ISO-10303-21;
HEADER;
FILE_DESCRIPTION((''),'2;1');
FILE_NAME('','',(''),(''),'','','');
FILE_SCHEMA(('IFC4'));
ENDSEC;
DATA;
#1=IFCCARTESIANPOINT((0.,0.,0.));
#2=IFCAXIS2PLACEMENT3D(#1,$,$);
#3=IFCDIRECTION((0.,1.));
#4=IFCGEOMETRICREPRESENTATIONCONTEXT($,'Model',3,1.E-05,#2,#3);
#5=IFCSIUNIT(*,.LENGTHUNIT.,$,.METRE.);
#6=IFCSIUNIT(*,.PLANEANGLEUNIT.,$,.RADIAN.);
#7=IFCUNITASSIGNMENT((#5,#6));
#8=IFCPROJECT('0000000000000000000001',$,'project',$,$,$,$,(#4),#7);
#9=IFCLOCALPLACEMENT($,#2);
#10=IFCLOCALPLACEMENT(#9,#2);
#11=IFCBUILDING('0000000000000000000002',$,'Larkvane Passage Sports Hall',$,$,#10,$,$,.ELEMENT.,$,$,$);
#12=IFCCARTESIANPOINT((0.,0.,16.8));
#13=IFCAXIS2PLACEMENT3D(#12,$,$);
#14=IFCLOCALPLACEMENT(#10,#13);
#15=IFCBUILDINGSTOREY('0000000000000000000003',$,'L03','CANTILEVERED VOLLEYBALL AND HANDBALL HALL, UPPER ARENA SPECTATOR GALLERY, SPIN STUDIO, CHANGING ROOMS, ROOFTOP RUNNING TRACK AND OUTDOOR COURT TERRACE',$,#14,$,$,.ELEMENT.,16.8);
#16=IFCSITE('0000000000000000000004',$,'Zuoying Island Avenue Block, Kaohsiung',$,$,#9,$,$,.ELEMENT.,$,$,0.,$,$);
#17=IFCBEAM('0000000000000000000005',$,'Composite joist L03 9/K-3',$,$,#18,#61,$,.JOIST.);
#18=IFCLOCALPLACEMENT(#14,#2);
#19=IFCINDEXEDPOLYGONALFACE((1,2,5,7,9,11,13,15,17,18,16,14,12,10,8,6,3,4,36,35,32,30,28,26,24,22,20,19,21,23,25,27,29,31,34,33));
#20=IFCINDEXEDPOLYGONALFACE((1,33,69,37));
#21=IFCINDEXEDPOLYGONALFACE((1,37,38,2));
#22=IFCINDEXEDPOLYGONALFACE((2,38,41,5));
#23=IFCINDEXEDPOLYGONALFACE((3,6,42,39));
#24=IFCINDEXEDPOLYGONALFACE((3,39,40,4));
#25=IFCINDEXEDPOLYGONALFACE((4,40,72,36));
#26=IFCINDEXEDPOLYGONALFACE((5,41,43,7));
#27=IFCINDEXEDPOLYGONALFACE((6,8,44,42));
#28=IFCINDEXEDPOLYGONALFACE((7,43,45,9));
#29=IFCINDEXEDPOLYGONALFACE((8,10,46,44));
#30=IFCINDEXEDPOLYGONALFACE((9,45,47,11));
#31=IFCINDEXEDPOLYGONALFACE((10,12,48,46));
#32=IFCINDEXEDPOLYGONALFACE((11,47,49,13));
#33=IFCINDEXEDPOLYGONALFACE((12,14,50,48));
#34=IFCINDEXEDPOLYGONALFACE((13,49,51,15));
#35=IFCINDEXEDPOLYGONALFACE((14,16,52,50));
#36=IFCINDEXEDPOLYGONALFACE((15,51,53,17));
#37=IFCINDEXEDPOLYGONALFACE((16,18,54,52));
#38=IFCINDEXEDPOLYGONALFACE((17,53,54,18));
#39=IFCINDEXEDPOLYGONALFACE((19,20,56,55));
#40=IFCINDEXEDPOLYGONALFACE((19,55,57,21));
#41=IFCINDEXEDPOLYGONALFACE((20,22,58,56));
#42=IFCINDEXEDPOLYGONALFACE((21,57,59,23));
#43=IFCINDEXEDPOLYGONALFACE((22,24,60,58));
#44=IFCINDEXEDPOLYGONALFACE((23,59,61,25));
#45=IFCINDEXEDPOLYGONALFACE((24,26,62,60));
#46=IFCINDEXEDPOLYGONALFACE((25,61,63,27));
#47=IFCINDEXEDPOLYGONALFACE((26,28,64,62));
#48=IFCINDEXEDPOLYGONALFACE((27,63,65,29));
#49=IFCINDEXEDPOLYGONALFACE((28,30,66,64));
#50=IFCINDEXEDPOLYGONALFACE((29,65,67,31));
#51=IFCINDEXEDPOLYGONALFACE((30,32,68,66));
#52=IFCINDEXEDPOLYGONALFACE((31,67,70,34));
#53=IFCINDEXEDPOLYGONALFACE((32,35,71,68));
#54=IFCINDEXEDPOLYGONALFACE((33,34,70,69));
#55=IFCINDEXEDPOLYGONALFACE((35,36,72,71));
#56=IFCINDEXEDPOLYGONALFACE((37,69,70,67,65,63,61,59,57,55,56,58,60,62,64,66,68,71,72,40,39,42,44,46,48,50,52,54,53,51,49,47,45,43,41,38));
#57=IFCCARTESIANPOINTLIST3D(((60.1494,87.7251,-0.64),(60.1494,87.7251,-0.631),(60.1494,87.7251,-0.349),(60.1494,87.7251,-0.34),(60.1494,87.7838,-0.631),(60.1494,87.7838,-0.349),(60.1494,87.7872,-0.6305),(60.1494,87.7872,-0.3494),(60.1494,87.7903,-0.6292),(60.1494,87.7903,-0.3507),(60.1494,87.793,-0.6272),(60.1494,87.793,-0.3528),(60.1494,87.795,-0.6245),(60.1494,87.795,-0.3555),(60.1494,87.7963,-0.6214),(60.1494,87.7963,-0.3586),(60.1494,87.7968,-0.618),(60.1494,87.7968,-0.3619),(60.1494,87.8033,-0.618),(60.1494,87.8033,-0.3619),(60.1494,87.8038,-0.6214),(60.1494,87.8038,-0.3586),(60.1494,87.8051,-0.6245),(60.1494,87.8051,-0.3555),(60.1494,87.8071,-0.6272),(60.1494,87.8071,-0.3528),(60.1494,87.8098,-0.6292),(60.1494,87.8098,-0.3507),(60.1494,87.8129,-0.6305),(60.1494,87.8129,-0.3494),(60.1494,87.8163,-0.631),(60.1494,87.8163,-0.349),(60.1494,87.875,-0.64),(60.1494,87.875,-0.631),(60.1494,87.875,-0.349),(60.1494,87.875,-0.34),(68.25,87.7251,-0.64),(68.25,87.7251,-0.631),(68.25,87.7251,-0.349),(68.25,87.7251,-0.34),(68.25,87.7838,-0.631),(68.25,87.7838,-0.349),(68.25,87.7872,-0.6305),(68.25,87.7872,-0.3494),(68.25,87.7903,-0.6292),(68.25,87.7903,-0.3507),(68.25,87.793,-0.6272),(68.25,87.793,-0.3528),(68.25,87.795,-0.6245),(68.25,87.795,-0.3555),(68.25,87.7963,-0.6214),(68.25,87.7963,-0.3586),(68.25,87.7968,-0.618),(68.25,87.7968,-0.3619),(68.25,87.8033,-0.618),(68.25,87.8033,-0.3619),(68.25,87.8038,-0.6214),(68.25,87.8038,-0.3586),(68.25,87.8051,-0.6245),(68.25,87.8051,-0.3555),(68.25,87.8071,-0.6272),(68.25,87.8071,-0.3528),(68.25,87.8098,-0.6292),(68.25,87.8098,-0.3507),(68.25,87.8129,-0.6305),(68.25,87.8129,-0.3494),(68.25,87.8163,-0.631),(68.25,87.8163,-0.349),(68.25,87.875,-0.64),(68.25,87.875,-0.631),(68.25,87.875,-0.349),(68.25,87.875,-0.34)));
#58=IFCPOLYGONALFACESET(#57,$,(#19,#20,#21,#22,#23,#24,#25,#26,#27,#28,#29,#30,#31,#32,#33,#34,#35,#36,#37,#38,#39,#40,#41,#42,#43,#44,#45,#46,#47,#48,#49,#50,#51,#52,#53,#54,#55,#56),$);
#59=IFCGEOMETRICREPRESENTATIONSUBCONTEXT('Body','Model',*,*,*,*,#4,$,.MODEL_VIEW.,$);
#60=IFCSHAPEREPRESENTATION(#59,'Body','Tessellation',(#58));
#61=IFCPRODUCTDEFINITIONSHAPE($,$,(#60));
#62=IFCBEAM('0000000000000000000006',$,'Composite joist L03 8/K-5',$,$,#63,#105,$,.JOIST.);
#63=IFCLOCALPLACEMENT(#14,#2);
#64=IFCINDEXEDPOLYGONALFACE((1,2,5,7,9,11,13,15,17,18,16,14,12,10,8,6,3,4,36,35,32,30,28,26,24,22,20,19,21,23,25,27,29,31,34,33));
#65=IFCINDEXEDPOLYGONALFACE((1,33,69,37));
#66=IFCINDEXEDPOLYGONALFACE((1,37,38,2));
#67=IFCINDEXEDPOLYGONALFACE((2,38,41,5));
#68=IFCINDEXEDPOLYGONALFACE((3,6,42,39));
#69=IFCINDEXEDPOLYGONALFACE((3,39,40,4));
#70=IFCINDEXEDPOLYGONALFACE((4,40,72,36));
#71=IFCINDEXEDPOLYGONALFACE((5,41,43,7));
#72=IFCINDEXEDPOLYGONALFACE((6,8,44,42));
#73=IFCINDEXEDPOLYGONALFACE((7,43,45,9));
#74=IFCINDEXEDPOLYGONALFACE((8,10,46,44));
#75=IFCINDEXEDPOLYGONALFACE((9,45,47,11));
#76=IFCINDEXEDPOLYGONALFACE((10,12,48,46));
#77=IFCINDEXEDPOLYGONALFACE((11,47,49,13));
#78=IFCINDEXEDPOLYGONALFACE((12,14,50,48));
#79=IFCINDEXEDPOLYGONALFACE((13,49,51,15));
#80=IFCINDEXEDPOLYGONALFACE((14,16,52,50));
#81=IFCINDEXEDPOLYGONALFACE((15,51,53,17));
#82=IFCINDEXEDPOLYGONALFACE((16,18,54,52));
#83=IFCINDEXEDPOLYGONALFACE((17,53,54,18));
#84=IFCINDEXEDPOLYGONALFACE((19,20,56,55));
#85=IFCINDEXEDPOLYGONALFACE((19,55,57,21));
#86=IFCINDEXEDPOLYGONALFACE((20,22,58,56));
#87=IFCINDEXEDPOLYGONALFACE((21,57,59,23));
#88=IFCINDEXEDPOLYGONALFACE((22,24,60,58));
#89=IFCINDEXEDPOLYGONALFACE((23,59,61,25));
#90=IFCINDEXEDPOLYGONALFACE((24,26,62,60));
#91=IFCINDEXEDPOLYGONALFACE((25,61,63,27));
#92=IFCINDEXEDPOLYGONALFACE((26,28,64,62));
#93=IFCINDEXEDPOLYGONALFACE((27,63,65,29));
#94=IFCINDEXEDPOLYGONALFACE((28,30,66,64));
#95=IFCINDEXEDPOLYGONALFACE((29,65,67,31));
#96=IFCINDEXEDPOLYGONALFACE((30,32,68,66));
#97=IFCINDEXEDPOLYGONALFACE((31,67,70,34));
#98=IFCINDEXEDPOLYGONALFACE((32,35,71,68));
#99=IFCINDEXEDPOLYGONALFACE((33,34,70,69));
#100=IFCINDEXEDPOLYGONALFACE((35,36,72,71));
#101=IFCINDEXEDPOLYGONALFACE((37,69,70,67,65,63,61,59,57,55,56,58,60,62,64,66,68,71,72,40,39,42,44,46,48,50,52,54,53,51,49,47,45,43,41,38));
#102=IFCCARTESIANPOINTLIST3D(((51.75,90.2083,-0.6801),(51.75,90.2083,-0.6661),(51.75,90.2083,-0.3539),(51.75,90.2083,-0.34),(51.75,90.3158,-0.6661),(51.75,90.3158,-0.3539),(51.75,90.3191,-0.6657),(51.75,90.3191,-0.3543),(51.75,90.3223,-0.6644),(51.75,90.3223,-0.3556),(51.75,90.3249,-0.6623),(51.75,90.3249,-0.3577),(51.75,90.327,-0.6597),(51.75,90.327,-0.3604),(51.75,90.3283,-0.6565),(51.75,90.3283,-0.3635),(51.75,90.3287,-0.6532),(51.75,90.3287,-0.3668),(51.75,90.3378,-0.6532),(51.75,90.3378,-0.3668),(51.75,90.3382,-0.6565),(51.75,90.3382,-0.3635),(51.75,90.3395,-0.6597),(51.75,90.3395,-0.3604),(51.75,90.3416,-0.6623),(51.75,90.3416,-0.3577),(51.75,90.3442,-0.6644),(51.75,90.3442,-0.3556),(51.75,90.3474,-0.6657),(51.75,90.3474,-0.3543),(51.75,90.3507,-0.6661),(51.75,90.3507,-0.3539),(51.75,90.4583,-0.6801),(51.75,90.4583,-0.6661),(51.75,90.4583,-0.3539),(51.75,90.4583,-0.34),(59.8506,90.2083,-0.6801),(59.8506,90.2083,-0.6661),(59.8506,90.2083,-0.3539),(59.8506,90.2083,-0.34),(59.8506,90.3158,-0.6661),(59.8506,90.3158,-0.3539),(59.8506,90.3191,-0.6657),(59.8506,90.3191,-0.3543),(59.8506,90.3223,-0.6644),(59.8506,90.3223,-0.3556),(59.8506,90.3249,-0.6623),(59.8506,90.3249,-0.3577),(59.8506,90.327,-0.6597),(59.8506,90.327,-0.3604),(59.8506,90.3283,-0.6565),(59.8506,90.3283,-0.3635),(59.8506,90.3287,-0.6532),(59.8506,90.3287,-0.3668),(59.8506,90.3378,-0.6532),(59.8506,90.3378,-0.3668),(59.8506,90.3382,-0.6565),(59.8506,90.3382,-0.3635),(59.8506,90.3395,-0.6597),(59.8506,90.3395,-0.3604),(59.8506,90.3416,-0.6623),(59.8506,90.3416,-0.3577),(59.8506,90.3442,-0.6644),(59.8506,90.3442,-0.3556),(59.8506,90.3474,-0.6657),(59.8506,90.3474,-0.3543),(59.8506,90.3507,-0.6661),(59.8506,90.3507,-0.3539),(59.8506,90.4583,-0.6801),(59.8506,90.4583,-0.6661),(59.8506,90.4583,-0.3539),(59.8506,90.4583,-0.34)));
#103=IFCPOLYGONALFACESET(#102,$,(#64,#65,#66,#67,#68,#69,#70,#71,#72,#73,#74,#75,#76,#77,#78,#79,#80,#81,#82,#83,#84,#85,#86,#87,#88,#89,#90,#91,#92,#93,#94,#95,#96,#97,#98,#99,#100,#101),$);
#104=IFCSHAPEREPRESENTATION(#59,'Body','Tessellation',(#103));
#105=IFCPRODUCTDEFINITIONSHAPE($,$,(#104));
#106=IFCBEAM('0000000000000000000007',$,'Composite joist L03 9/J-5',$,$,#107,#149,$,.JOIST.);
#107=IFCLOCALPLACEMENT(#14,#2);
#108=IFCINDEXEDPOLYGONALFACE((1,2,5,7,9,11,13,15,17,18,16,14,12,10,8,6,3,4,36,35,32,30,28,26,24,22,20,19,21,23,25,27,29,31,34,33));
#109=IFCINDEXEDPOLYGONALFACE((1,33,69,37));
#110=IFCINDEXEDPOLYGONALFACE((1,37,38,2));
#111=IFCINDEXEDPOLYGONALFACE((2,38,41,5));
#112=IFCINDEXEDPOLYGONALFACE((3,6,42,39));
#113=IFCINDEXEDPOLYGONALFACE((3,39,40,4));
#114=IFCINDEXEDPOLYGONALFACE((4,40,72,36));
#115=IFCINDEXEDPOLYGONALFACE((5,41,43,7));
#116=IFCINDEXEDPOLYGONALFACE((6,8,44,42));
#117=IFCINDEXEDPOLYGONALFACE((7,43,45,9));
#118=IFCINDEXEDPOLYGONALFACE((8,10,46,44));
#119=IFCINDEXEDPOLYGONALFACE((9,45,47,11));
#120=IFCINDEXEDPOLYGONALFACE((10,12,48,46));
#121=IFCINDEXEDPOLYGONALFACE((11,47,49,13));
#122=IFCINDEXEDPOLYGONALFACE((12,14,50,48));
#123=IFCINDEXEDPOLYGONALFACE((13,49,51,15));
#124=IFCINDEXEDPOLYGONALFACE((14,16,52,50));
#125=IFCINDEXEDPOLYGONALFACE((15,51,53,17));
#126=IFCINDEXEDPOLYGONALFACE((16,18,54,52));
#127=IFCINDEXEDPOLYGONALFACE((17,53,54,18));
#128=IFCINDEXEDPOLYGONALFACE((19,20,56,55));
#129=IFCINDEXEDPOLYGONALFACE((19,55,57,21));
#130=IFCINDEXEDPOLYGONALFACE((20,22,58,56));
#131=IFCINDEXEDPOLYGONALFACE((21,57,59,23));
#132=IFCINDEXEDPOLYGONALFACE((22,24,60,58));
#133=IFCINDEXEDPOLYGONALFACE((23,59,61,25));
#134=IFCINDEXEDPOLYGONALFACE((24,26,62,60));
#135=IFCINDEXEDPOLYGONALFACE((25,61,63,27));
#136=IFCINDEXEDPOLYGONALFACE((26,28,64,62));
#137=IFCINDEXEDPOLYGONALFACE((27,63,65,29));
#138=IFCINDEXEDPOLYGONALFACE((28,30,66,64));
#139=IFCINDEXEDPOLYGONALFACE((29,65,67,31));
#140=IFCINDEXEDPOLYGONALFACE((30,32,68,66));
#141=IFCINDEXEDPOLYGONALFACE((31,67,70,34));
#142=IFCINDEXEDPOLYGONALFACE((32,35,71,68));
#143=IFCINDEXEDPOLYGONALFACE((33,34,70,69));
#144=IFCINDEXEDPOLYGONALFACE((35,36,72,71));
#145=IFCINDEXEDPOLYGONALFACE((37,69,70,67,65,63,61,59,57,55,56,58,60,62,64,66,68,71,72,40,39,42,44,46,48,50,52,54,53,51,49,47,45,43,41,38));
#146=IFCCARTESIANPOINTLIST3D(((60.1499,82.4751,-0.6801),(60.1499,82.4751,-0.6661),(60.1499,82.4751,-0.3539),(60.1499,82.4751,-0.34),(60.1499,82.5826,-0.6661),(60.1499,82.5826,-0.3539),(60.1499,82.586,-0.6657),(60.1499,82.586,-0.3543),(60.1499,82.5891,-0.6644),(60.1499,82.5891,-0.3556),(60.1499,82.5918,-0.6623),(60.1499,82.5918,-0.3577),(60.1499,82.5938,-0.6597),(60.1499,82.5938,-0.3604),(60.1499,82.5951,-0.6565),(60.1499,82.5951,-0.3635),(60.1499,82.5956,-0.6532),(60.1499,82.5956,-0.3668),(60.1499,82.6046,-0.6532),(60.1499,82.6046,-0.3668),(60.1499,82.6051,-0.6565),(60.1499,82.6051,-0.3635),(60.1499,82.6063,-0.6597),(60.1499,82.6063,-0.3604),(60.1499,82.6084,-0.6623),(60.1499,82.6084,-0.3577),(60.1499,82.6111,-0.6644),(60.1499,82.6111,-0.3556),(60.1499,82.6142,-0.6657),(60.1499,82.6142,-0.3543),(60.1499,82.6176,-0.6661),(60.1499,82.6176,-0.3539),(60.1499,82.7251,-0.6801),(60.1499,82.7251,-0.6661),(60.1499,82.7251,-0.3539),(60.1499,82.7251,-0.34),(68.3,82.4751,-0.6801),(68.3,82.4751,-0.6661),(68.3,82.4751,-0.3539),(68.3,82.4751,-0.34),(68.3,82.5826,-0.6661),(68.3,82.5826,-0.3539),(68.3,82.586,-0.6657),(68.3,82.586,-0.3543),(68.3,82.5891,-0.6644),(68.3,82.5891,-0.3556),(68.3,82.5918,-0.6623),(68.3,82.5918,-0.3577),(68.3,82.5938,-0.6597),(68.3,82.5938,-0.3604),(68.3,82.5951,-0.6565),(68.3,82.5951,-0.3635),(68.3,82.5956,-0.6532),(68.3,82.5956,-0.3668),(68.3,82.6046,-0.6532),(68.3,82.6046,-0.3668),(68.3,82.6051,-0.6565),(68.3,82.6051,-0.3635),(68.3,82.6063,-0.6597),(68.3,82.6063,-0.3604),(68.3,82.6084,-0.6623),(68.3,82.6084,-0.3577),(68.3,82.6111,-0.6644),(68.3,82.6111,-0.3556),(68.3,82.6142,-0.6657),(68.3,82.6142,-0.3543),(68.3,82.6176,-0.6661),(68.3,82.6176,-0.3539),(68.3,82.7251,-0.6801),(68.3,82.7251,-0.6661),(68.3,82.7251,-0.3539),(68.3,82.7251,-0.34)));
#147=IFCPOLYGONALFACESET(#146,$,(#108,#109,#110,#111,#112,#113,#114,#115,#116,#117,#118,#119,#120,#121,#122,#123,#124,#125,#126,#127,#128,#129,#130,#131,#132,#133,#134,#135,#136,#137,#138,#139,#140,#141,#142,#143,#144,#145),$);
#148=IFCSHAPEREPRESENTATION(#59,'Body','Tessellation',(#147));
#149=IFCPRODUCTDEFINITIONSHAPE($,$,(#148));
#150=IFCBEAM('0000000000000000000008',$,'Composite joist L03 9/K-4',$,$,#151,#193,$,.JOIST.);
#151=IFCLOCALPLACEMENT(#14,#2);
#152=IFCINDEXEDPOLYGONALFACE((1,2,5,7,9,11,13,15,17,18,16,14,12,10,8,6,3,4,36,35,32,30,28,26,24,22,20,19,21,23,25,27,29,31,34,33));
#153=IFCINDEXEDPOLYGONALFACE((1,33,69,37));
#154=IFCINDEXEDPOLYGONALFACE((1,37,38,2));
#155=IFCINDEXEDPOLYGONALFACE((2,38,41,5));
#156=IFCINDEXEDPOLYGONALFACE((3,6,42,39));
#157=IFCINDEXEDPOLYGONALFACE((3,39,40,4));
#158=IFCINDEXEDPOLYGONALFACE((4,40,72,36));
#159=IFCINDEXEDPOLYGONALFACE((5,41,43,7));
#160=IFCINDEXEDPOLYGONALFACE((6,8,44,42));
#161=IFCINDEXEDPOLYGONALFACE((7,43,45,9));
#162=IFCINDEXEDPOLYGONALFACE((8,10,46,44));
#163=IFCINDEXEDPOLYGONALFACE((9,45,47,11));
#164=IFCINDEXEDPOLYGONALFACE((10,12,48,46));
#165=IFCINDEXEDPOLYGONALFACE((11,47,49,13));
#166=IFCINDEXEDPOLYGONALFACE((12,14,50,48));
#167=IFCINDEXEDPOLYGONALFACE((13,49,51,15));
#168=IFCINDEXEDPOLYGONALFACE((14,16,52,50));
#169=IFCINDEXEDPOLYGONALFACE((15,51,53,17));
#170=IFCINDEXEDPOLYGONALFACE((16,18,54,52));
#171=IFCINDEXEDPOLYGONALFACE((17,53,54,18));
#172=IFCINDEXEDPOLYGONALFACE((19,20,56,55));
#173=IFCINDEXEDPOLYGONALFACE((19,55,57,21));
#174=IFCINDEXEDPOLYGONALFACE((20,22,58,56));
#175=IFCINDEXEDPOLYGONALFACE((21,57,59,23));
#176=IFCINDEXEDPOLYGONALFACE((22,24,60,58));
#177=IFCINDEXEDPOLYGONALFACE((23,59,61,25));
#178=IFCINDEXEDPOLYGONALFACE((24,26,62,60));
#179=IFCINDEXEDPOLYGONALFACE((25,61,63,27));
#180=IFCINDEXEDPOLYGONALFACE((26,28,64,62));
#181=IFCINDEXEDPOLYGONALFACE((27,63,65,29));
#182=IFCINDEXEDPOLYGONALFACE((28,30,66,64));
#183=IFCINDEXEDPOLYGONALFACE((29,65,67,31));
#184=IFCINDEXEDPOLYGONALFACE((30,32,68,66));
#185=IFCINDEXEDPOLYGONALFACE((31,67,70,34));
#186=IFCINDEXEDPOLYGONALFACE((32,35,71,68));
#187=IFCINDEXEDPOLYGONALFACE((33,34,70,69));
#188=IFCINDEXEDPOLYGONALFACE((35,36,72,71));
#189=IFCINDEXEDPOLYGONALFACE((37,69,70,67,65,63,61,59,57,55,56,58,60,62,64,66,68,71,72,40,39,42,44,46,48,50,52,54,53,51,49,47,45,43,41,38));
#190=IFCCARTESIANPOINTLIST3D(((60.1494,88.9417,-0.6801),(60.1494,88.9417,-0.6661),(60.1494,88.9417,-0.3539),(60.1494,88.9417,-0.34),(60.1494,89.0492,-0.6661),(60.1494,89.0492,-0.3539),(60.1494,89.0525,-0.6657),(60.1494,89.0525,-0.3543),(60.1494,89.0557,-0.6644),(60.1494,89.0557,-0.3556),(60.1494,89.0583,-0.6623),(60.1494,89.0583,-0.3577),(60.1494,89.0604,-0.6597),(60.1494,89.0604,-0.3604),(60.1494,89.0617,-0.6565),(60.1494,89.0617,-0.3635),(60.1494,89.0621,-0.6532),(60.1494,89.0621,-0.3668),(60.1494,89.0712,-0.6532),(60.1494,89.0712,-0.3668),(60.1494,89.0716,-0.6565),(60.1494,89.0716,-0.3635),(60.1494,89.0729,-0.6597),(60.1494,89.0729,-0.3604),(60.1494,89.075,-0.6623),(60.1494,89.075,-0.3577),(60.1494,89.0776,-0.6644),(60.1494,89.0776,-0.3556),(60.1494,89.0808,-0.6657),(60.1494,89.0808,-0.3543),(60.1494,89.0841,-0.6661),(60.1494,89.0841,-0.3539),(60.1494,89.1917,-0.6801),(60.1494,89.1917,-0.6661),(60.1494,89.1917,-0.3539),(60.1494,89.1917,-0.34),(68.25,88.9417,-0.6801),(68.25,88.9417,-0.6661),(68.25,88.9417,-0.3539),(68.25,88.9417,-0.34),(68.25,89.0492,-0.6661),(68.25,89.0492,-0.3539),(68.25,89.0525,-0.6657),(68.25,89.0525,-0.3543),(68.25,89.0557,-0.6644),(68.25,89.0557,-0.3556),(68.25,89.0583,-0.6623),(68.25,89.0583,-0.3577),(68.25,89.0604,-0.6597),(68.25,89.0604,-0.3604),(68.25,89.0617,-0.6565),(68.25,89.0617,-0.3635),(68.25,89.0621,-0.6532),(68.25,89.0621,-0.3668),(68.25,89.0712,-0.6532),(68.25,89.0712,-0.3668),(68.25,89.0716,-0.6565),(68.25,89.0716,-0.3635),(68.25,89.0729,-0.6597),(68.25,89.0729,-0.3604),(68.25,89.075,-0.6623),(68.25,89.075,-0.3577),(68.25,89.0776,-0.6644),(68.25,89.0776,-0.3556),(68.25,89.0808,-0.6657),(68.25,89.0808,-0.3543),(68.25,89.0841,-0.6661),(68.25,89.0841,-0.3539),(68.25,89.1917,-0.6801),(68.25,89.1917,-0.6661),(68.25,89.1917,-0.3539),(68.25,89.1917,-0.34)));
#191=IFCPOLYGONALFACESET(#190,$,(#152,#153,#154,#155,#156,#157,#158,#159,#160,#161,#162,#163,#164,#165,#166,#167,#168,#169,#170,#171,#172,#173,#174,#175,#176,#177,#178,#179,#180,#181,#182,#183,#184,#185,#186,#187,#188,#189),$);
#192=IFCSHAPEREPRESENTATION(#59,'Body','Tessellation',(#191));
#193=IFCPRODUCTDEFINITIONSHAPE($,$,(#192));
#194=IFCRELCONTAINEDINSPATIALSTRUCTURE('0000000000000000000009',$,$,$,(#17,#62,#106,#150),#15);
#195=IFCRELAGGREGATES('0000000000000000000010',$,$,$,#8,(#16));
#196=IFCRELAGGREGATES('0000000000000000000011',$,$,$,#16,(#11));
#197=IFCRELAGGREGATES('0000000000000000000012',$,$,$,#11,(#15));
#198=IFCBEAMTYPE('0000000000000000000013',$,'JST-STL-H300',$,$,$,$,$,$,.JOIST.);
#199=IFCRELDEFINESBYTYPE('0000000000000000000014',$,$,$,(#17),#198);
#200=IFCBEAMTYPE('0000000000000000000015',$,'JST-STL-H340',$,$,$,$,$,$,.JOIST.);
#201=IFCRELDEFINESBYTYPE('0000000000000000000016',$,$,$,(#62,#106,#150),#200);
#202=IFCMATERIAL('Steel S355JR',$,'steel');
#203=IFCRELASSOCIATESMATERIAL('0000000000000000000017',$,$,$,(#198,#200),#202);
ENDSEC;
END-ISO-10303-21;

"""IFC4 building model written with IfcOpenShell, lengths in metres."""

from ifc_helpers import new_model, si_unit, direction, frame, origin, origin_2d, place, context, subcontext, project, spatial, i_section, extrude, material, material_profile, profile_set, type_object, element, save


model = new_model("IFC4")

# Units and contexts
model_context = context("Model", 3, precision=1e-05, world=origin(), true_north=direction((0.0, 1.0)))
body_context = subcontext(model_context, "Body", "Model", "MODEL_VIEW")
ifc_project = project(units=[si_unit("LENGTHUNIT", "METRE"), si_unit("PLANEANGLEUNIT", "RADIAN")], contexts=[model_context])

# Site, building, storey
site_placement = place(None, origin())
site = spatial("IfcSite", under=ifc_project, at=site_placement, Name="Zuoying Island Avenue Block, Kaohsiung", CompositionType="ELEMENT", RefElevation=0.0)
building_placement = place(site_placement, origin())
building = spatial("IfcBuilding", under=site, at=building_placement, Name="Larkvane Passage Sports Hall", CompositionType="ELEMENT")
storey_placement = place(building_placement, frame((0.0, 0.0, 16.8)))
storey = spatial("IfcBuildingStorey", under=building, at=storey_placement, Name="L03", Description="CANTILEVERED VOLLEYBALL AND HANDBALL HALL, UPPER ARENA SPECTATOR GALLERY, SPIN STUDIO, CHANGING ROOMS, ROOFTOP RUNNING TRACK AND OUTDOOR COURT TERRACE", CompositionType="ELEMENT", Elevation=16.8)

# Shared definitions
ifc_material_1 = material(Name="Steel S355JR", Category="steel")

# Beams
ifc_material_profile_1 = material_profile(ifc_material_1, i_section(OverallWidth=0.1499, OverallDepth=0.3, WebThickness=0.0066, FlangeThickness=0.009, FilletRadius=0.0129, at=origin_2d()), Name="H-300x150x6.5x9")
ifc_profile_set_1 = profile_set([ifc_material_profile_1], Name="Steel S355JR")
beam_type_1 = type_object("IfcBeamType", Name="JST-STL-H300", PredefinedType="JOIST", material=ifc_profile_set_1)
beam_1_placement = place(storey_placement, frame((60.1494, 87.8, -0.49), z_axis=(1.0, 0.0, 0.0), x_axis=(0.0, 1.0, 0.0)))
element("IfcBeam", 1, at=beam_1_placement, inside=storey, type_object=beam_type_1, Name="Composite joist L03 9/K-3", PredefinedType="JOIST", context=body_context, shape_type="SweptSolid", body=[
    extrude(i_section(OverallWidth=0.1499, OverallDepth=0.3, WebThickness=0.0066, FlangeThickness=0.009, FilletRadius=0.0129, at=origin_2d()), origin(), (0.0, 0.0, 1.0), 8.1006),
])
ifc_material_profile_2 = material_profile(ifc_material_1, i_section(OverallWidth=0.25, OverallDepth=0.3401, WebThickness=0.009, FlangeThickness=0.0139, FilletRadius=0.0129, at=origin_2d()), Name="H-340x250x9x14")
ifc_profile_set_2 = profile_set([ifc_material_profile_2], Name="Steel S355JR")
beam_type_2 = type_object("IfcBeamType", Name="JST-STL-H340", PredefinedType="JOIST", material=ifc_profile_set_2)
beam_2_placement = place(storey_placement, frame((51.75, 90.3333, -0.51), z_axis=(1.0, 0.0, 0.0), x_axis=(0.0, 1.0, 0.0)))
element("IfcBeam", 2, at=beam_2_placement, inside=storey, type_object=beam_type_2, Name="Composite joist L03 8/K-5", PredefinedType="JOIST", context=body_context, shape_type="SweptSolid", body=[
    extrude(i_section(OverallWidth=0.25, OverallDepth=0.3401, WebThickness=0.009, FlangeThickness=0.0139, FilletRadius=0.0129, at=origin_2d()), origin(), (0.0, 0.0, 1.0), 8.1006),
])
beam_3_placement = place(storey_placement, frame((60.1499, 82.6001, -0.51), z_axis=(1.0, 0.0, 0.0), x_axis=(0.0, 1.0, 0.0)))
element("IfcBeam", 3, at=beam_3_placement, inside=storey, type_object=beam_type_2, Name="Composite joist L03 9/J-5", PredefinedType="JOIST", context=body_context, shape_type="SweptSolid", body=[
    extrude(i_section(OverallWidth=0.25, OverallDepth=0.3401, WebThickness=0.009, FlangeThickness=0.0139, FilletRadius=0.0129, at=origin_2d()), origin(), (0.0, 0.0, 1.0), 8.1501),
])
beam_4_placement = place(storey_placement, frame((60.1494, 89.0667, -0.51), z_axis=(1.0, 0.0, 0.0), x_axis=(0.0, 1.0, 0.0)))
element("IfcBeam", 4, at=beam_4_placement, inside=storey, type_object=beam_type_2, Name="Composite joist L03 9/K-4", PredefinedType="JOIST", context=body_context, shape_type="SweptSolid", body=[
    extrude(i_section(OverallWidth=0.25, OverallDepth=0.3401, WebThickness=0.009, FlangeThickness=0.0139, FilletRadius=0.0129, at=origin_2d()), origin(), (0.0, 0.0, 1.0), 8.1006),
])

save(model, "model.ifc")
